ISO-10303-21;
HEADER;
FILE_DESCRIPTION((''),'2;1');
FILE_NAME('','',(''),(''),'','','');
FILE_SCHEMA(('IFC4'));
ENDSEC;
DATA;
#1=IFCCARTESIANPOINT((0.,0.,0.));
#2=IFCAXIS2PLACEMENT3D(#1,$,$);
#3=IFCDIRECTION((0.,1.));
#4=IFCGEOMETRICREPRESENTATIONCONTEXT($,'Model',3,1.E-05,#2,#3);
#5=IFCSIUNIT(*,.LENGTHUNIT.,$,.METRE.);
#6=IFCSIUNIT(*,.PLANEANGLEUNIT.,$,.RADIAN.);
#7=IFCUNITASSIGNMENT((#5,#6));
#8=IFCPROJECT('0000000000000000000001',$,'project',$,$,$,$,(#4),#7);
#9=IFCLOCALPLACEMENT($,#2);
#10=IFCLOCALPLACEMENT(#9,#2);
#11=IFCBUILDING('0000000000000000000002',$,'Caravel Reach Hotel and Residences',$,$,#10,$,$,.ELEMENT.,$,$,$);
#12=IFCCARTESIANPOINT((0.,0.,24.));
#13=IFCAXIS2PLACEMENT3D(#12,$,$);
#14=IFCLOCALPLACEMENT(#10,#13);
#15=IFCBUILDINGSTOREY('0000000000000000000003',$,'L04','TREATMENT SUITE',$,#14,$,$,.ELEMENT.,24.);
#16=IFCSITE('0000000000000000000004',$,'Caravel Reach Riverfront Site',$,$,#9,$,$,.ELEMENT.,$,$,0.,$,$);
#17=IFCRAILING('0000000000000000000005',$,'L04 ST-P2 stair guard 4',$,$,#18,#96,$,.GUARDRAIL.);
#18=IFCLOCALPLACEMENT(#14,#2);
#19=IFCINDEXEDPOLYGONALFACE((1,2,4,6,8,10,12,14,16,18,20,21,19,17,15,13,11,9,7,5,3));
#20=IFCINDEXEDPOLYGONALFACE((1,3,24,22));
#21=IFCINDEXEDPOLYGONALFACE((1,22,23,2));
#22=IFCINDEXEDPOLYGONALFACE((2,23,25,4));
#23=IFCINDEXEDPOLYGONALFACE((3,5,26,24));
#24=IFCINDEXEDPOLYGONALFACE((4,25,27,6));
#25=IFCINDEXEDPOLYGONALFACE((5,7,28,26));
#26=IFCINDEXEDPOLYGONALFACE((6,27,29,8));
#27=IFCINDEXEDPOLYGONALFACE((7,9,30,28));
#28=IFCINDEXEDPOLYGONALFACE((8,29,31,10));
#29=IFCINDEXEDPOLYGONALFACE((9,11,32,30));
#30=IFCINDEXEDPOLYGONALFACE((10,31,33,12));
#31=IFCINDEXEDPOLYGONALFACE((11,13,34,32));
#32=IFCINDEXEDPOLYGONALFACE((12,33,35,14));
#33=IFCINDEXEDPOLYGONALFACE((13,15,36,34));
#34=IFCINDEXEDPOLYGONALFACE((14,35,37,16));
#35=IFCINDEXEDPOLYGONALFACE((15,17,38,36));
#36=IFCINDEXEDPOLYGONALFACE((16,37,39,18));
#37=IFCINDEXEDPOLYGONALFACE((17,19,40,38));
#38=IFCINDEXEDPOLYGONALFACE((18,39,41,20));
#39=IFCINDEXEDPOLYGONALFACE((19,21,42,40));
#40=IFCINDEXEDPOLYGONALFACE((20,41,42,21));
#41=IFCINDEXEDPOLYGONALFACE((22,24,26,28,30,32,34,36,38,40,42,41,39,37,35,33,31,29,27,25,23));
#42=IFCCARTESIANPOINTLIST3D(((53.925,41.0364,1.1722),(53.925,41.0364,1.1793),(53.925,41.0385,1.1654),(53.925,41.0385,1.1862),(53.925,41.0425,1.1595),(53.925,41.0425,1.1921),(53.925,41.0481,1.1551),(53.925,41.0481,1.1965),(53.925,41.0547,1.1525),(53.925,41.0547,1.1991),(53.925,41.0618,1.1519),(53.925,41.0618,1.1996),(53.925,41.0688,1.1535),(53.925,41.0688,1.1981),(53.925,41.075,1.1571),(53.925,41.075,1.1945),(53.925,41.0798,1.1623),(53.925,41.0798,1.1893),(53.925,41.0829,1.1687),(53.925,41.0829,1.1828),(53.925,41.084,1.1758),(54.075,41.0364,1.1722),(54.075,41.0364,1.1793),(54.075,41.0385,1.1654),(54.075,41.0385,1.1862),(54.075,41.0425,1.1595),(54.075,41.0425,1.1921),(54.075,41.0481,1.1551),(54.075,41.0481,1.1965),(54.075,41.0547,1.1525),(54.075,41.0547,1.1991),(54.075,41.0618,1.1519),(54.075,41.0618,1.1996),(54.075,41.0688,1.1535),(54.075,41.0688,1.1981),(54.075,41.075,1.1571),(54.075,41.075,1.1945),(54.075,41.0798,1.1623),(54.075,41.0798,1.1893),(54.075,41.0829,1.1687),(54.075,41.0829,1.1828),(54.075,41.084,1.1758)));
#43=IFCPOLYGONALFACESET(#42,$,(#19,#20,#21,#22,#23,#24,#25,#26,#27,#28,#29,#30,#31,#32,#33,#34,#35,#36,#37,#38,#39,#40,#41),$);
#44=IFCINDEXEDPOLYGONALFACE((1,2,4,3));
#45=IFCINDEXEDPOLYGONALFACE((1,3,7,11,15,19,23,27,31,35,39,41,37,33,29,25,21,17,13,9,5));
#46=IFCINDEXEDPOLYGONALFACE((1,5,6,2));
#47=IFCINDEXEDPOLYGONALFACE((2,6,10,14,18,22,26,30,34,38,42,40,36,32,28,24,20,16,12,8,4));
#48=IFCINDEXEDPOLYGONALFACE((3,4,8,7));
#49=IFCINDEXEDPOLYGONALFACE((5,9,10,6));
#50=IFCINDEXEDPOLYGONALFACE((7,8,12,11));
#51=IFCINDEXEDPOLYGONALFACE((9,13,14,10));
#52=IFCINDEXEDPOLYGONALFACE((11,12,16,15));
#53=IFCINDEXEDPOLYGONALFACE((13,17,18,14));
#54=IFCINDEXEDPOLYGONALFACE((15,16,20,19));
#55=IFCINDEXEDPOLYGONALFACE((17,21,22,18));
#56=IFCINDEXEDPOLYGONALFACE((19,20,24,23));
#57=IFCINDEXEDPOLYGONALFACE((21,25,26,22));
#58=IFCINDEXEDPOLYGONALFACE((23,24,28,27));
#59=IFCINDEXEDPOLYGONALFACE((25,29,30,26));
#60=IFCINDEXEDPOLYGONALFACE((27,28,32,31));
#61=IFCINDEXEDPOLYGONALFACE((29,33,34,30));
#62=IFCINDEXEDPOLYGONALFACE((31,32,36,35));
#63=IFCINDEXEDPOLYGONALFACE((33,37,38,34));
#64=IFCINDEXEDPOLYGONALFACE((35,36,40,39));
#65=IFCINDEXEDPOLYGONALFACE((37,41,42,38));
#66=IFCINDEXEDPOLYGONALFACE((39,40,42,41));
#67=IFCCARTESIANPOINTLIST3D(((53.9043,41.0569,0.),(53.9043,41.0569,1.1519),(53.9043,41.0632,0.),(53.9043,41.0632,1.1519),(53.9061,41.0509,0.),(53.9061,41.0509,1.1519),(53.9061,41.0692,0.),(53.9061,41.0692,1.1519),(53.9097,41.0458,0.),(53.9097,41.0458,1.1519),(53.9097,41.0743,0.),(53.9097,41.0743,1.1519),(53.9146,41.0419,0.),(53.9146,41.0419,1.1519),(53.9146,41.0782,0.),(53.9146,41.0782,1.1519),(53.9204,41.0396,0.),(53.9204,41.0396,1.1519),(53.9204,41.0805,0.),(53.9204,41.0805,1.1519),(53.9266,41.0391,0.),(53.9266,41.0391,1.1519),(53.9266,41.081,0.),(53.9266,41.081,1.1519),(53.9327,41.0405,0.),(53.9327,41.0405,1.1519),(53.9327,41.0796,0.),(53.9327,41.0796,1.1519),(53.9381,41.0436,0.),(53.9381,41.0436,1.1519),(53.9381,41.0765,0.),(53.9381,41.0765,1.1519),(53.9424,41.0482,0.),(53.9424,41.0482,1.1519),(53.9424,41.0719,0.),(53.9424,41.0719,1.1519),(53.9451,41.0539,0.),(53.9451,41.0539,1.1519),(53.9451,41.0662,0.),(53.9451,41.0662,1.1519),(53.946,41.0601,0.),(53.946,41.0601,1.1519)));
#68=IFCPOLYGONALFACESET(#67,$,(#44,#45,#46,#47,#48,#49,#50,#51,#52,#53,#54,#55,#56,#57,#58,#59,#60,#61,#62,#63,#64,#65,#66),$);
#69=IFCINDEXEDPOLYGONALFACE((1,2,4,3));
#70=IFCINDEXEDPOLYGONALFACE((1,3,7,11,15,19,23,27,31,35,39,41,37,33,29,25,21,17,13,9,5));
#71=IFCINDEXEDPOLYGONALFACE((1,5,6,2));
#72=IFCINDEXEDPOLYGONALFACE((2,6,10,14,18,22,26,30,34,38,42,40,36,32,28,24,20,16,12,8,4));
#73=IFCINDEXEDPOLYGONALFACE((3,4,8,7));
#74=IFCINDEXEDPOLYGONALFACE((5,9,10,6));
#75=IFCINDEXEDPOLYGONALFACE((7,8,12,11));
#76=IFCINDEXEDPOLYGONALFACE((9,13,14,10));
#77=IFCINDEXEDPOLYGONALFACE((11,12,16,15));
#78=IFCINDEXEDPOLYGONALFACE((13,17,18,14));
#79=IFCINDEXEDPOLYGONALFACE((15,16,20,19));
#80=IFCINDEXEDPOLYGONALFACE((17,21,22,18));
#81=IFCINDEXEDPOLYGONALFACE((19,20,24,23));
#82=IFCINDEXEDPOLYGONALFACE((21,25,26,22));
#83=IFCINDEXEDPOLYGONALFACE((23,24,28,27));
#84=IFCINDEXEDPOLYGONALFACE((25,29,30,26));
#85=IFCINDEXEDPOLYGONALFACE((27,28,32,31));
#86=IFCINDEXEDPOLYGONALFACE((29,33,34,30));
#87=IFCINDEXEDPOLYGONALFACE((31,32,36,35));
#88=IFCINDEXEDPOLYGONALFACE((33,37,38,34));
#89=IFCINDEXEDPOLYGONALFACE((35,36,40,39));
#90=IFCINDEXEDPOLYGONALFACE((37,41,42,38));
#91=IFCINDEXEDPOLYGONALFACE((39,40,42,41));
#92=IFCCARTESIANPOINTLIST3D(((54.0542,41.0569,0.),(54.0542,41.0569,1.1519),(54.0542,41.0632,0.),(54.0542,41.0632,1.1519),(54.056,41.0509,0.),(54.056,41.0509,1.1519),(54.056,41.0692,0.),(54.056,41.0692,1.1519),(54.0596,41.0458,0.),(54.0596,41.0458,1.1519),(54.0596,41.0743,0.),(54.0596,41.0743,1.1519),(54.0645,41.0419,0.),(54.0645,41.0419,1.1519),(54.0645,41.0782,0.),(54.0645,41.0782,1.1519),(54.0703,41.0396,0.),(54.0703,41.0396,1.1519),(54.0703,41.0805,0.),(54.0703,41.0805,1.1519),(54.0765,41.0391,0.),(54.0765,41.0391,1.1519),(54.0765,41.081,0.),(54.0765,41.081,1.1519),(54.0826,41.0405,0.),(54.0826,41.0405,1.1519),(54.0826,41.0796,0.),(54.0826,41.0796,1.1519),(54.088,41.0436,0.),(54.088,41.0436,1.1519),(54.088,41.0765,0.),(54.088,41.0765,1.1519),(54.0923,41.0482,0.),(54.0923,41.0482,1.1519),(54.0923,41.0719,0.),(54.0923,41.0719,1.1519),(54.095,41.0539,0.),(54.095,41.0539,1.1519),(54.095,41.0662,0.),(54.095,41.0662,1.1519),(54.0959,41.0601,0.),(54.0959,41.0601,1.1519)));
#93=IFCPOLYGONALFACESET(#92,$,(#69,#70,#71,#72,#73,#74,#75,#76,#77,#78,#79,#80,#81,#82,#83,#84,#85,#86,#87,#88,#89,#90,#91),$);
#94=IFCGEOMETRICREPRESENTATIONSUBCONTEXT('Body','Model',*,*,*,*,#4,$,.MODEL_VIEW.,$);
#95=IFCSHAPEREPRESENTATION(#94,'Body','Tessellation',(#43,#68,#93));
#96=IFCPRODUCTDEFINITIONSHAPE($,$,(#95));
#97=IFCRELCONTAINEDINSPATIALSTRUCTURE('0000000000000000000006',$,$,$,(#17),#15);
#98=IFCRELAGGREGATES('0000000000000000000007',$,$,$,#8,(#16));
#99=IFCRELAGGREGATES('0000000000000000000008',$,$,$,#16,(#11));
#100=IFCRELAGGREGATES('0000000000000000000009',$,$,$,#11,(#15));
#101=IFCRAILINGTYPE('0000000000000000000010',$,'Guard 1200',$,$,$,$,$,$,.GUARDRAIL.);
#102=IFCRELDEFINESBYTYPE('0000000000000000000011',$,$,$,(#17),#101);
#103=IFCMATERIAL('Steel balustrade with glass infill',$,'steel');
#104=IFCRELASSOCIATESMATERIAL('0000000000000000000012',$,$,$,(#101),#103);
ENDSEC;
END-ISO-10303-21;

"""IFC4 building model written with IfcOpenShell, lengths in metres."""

from ifc_helpers import new_model, si_unit, direction, frame, origin, origin_2d, place, context, subcontext, project, spatial, circle, extrude, material, type_object, element, save


model = new_model("IFC4")

# Units and contexts
model_context = context("Model", 3, precision=1e-05, world=origin(), true_north=direction((0.0, 1.0)))
body_context = subcontext(model_context, "Body", "Model", "MODEL_VIEW")
ifc_project = project(units=[si_unit("LENGTHUNIT", "METRE"), si_unit("PLANEANGLEUNIT", "RADIAN")], contexts=[model_context])

# Site, building, storey
site_placement = place(None, origin())
site = spatial("IfcSite", under=ifc_project, at=site_placement, Name="Caravel Reach Riverfront Site", CompositionType="ELEMENT", RefElevation=0.0)
building_placement = place(site_placement, origin())
building = spatial("IfcBuilding", under=site, at=building_placement, Name="Caravel Reach Hotel and Residences", CompositionType="ELEMENT")
storey_placement = place(building_placement, frame((0.0, 0.0, 24.0)))
storey = spatial("IfcBuildingStorey", under=building, at=storey_placement, Name="L04", Description="TREATMENT SUITE", CompositionType="ELEMENT", Elevation=24.0)

# Railing
ifc_material_1 = material(Name="Steel balustrade with glass infill", Category="steel")
railing_type = type_object("IfcRailingType", Name="Guard 1200", PredefinedType="GUARDRAIL", material=ifc_material_1)
railing_placement = place(storey_placement, frame((53.925, 41.0601, 0.0)))
element("IfcRailing", 1, at=railing_placement, inside=storey, type_object=railing_type, Name="L04 ST-P2 stair guard 4", PredefinedType="GUARDRAIL", context=body_context, shape_type="SweptSolid", body=[
    extrude(circle(Radius=0.0239, at=origin_2d()), frame((0.0, 0.0, 1.1758), z_axis=(1.0, 0.0, 0.0), x_axis=(0.0, 1.0, 0.0)), (0.0, 0.0, 1.0), 0.1499),
    extrude(circle(Radius=0.021, at=origin_2d()), origin(), (0.0, 0.0, 1.0), 1.1519),
    extrude(circle(Radius=0.021, at=origin_2d()), frame((0.1499, 0.0, 0.0)), (0.0, 0.0, 1.0), 1.1519),
])

save(model, "model.ifc")
